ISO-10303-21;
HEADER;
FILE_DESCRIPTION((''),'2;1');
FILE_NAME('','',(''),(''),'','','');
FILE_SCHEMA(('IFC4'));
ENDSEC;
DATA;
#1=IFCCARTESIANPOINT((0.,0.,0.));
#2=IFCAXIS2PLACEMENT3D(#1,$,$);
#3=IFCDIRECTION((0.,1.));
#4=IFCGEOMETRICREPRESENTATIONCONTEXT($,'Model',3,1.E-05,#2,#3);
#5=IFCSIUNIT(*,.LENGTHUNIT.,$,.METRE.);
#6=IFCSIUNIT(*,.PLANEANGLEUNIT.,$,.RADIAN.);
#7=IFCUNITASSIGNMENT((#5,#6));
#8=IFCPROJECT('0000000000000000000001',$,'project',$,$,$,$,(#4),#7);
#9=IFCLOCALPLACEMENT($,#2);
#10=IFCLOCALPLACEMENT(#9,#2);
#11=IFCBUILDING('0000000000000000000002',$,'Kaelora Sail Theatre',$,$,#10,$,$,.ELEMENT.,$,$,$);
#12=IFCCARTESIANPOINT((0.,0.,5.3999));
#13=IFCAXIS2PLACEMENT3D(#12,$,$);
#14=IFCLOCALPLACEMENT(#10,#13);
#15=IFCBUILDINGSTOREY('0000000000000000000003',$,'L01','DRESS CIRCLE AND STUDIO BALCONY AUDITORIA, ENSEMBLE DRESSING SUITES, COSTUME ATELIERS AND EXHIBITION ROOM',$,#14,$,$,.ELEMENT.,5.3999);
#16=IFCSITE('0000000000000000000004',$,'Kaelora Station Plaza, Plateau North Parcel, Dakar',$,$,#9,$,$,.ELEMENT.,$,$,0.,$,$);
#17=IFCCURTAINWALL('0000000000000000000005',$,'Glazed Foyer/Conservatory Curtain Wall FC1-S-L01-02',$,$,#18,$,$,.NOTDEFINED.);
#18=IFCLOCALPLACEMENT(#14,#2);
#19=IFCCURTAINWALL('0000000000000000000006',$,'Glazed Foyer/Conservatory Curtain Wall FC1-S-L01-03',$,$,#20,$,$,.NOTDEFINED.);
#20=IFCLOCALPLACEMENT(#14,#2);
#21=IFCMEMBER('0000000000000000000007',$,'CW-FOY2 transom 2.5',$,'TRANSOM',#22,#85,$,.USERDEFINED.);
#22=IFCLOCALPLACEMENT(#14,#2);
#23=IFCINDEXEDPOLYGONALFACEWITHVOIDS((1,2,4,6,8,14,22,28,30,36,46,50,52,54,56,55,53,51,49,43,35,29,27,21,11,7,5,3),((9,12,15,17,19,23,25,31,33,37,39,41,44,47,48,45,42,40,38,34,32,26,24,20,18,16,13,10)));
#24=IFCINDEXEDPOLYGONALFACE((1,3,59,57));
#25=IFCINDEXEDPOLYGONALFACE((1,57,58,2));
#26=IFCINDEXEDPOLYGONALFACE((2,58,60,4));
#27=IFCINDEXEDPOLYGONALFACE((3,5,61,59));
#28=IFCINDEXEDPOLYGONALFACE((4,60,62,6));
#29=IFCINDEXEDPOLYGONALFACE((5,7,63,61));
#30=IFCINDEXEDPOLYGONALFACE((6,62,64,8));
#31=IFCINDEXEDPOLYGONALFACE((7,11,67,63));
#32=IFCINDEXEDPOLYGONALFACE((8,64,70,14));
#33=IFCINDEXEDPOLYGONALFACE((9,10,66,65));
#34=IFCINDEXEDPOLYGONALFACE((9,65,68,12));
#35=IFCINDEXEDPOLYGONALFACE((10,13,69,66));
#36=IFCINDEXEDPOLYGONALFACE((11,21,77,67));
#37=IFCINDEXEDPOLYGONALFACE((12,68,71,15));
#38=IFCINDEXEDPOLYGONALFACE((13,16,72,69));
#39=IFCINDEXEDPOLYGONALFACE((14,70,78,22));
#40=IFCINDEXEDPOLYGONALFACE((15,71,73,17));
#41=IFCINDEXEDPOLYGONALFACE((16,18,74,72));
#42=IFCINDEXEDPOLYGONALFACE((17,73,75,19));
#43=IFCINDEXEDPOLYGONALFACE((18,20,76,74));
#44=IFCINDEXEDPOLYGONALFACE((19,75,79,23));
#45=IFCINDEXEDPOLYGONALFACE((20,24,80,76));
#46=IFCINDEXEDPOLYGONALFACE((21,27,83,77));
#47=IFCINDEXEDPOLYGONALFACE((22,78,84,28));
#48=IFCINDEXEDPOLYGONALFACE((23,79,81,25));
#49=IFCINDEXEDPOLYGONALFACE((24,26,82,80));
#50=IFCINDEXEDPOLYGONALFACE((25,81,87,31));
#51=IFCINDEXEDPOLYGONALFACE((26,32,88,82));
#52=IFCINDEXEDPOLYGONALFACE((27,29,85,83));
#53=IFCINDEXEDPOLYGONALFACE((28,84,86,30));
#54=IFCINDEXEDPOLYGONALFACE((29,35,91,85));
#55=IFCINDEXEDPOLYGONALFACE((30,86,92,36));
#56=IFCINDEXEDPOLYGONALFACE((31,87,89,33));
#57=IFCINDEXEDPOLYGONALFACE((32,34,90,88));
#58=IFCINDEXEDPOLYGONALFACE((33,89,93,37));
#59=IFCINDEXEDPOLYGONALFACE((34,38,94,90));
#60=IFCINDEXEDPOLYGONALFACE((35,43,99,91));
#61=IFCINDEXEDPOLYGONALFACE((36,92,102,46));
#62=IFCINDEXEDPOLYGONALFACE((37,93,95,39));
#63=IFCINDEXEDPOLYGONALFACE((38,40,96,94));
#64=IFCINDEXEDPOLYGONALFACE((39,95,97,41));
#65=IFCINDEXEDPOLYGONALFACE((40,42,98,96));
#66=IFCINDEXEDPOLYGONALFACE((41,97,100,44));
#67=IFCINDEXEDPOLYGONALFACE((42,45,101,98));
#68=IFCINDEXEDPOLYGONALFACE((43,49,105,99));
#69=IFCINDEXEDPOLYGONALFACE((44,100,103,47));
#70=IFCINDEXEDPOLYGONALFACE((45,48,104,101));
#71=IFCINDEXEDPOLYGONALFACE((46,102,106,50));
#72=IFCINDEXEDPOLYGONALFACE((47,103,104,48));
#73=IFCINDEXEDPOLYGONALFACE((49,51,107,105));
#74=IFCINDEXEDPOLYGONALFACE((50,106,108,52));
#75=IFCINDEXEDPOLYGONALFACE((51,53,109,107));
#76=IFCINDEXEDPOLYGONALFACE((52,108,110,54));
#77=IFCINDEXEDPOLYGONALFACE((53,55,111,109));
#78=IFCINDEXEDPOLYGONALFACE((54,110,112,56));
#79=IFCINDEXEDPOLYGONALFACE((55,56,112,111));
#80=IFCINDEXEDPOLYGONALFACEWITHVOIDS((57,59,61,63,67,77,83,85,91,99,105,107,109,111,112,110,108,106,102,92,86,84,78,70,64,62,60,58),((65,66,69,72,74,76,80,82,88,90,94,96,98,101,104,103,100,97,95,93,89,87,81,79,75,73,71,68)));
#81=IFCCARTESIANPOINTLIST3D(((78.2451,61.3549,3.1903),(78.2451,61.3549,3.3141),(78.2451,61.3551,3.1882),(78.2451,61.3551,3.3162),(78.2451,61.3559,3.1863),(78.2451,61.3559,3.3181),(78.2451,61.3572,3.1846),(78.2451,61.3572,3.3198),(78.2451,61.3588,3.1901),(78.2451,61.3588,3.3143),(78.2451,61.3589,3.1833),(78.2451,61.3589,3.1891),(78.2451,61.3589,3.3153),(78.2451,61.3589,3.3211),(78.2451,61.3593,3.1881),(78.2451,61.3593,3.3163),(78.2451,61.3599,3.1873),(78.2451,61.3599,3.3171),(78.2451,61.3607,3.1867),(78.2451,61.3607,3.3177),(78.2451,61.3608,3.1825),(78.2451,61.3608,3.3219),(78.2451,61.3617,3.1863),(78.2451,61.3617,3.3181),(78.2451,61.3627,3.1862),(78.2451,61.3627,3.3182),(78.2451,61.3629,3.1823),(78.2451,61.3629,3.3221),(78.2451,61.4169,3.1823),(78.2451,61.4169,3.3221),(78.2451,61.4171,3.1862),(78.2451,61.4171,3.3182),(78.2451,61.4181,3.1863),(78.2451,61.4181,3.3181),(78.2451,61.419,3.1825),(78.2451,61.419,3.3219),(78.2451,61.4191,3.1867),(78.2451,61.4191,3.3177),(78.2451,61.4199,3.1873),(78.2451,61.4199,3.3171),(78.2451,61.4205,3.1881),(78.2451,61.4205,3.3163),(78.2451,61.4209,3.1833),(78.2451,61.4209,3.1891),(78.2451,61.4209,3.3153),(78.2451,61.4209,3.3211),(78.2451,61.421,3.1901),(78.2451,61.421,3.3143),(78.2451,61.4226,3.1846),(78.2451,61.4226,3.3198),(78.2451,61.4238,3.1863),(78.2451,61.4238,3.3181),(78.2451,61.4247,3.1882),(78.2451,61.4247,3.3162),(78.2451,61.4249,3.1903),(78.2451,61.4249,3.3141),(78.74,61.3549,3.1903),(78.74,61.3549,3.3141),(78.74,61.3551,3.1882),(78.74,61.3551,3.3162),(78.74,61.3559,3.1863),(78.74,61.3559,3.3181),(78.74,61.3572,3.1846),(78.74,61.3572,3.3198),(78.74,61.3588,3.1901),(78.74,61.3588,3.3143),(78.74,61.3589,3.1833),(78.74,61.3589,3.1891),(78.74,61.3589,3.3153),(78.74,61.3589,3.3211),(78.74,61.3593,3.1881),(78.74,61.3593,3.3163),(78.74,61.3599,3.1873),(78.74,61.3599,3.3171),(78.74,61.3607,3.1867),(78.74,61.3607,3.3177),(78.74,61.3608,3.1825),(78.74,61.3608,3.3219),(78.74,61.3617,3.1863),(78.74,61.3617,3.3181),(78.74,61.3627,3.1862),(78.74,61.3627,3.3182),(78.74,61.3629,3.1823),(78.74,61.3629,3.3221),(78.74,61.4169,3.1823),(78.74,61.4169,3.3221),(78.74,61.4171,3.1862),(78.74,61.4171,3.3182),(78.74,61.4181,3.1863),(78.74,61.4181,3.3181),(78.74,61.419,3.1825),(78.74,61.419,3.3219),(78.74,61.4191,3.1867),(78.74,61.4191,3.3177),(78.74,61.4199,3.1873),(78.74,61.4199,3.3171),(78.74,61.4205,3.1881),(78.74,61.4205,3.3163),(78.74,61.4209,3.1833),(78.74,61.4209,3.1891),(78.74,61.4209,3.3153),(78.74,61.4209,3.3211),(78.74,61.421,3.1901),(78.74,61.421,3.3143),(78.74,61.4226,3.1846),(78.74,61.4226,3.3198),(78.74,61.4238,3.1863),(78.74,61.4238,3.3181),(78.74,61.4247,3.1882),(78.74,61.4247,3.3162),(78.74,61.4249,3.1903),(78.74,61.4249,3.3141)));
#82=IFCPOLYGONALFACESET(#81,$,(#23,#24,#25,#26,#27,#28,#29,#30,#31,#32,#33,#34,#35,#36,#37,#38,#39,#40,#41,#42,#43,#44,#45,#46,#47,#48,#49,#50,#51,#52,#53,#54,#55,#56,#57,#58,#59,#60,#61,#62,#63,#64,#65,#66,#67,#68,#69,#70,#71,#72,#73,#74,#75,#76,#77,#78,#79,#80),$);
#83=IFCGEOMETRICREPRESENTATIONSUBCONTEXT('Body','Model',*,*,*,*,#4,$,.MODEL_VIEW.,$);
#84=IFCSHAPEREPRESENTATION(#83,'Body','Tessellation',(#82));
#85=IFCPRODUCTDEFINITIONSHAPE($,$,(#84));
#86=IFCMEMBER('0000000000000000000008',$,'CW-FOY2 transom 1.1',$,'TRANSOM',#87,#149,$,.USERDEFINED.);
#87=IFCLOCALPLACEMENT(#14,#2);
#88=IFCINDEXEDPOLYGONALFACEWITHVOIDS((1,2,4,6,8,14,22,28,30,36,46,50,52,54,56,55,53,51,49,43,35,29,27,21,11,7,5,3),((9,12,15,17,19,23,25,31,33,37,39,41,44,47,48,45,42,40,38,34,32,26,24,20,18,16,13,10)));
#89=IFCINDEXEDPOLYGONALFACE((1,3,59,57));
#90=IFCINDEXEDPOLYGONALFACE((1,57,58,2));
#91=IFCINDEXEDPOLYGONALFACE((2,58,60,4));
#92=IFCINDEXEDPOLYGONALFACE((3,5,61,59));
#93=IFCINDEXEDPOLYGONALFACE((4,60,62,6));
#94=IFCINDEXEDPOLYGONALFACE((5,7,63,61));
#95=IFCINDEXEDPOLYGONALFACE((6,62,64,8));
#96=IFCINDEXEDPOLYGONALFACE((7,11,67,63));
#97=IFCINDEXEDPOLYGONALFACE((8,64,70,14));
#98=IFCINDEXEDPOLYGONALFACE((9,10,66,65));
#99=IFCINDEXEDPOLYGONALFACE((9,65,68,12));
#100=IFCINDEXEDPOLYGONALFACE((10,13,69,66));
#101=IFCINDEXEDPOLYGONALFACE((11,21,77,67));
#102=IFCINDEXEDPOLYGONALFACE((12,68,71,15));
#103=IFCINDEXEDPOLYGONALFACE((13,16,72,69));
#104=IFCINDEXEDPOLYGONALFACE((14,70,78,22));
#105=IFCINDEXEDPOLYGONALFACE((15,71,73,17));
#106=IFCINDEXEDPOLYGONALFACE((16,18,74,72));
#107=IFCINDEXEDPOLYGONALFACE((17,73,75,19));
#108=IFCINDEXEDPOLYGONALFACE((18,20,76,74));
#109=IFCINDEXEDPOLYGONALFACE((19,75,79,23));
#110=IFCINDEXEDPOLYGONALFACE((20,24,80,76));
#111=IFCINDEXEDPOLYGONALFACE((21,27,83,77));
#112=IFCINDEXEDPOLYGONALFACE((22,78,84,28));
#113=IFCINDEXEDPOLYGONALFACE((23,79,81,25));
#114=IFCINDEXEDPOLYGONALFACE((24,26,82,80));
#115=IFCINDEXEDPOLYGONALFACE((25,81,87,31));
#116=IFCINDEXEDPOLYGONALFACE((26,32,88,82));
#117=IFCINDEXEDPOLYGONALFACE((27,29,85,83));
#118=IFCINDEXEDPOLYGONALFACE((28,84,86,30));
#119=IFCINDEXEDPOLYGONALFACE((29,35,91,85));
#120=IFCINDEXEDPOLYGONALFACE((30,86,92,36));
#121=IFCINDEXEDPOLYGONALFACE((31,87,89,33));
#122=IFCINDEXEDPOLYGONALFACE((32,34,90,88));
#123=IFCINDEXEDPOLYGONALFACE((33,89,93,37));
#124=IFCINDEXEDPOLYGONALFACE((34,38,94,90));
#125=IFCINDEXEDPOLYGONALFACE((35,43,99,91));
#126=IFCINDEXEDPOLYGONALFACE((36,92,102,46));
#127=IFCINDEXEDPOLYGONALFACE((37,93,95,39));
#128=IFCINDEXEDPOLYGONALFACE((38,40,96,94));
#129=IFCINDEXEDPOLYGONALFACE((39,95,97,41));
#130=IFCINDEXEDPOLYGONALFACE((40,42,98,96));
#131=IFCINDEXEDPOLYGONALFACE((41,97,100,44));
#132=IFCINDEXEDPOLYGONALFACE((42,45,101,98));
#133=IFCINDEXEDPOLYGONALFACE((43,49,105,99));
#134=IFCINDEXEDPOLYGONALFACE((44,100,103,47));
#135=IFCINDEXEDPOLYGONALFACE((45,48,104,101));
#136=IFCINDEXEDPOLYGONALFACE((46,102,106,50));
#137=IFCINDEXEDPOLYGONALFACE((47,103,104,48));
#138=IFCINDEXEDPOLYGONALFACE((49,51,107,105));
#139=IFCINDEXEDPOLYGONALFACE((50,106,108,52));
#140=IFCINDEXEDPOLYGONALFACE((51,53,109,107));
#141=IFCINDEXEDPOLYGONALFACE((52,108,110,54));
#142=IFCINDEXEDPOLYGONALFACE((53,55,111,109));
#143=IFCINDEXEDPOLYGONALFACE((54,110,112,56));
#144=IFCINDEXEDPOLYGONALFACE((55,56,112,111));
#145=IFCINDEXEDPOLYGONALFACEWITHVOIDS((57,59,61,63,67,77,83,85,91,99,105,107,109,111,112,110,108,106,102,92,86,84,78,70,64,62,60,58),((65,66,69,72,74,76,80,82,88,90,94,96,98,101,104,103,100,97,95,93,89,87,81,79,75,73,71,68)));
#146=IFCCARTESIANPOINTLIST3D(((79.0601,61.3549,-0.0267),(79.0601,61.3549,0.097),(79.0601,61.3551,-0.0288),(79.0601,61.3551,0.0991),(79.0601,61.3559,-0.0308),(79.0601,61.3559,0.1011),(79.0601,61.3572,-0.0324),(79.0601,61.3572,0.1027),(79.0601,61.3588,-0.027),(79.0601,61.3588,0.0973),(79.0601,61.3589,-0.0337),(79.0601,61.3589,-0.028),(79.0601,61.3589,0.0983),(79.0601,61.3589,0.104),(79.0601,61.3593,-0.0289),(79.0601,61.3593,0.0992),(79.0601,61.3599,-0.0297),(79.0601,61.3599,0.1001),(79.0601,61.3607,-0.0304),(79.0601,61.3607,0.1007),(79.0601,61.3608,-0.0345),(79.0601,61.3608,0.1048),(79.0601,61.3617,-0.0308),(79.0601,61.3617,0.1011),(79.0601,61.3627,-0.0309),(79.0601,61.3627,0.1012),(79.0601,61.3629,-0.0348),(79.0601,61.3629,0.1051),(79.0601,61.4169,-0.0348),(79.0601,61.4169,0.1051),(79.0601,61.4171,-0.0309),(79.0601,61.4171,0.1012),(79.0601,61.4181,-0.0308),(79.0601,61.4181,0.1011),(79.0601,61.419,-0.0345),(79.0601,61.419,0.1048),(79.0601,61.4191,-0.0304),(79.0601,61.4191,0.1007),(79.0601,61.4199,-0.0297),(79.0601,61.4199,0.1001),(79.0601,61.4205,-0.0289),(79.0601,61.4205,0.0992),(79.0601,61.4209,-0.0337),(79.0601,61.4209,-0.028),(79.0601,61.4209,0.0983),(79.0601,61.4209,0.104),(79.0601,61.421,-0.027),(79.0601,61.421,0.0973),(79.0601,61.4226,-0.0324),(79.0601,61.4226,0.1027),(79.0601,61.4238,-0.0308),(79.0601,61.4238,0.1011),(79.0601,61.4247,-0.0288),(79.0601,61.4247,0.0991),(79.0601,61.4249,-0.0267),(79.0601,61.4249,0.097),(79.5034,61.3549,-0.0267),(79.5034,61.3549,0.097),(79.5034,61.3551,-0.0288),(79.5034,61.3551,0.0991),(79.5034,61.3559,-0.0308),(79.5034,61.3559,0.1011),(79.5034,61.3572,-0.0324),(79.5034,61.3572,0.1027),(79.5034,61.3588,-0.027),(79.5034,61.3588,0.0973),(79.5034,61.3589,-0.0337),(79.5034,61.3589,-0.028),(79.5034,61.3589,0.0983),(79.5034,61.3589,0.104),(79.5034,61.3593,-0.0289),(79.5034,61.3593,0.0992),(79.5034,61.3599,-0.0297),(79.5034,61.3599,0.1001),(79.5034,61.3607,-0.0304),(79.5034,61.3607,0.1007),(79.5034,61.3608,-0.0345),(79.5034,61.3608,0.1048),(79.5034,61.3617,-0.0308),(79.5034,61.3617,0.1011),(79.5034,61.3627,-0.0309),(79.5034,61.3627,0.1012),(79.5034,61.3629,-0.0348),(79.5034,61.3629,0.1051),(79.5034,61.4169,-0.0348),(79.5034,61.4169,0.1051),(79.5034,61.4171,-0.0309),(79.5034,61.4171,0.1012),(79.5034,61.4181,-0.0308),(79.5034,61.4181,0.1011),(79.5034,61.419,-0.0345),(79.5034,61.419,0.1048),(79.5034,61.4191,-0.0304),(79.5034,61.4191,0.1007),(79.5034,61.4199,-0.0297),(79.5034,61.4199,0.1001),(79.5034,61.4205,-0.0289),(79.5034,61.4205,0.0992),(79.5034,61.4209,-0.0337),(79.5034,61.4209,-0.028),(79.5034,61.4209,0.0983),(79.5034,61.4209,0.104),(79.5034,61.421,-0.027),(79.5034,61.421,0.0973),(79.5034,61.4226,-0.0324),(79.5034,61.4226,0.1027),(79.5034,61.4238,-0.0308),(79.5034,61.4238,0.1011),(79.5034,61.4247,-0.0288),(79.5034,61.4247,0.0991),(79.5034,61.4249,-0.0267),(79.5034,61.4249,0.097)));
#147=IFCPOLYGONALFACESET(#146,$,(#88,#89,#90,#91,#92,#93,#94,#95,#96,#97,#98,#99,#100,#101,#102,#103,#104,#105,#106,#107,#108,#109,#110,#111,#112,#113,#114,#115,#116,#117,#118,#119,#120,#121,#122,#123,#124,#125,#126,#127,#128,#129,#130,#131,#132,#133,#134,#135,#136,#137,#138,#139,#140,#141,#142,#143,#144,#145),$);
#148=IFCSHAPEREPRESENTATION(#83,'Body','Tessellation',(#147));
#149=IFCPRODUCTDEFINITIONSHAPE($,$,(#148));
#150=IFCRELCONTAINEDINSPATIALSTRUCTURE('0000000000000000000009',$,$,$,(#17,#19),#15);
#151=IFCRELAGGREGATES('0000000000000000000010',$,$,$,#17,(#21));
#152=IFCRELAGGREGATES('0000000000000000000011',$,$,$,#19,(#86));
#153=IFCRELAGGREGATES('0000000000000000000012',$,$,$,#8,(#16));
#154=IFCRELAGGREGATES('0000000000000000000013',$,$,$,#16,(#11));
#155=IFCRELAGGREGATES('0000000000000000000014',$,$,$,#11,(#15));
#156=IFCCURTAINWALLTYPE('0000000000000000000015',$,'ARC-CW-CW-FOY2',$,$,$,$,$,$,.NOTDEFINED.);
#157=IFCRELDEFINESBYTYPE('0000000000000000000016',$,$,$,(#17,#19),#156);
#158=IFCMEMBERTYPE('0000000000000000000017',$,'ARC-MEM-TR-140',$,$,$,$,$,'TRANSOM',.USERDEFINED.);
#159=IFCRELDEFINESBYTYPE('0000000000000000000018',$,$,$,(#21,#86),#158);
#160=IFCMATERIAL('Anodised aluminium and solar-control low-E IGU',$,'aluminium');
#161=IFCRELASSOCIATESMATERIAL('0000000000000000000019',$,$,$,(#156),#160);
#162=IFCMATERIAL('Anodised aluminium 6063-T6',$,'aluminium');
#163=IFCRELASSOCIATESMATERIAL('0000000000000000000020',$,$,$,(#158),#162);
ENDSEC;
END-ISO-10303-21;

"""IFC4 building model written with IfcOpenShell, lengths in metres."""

from ifc_helpers import new_model, si_unit, direction, frame, origin, origin_2d, place, context, subcontext, project, spatial, hollow_rectangle, extrude, material, material_profile, profile_set, type_object, element, aggregate, save


model = new_model("IFC4")

# Units and contexts
model_context = context("Model", 3, precision=1e-05, world=origin(), true_north=direction((0.0, 1.0)))
body_context = subcontext(model_context, "Body", "Model", "MODEL_VIEW")
ifc_project = project(units=[si_unit("LENGTHUNIT", "METRE"), si_unit("PLANEANGLEUNIT", "RADIAN")], contexts=[model_context])

# Site, building, storey
site_placement = place(None, origin())
site = spatial("IfcSite", under=ifc_project, at=site_placement, Name="Kaelora Station Plaza, Plateau North Parcel, Dakar", CompositionType="ELEMENT", RefElevation=0.0)
building_placement = place(site_placement, origin())
building = spatial("IfcBuilding", under=site, at=building_placement, Name="Kaelora Sail Theatre", CompositionType="ELEMENT")
storey_placement = place(building_placement, frame((0.0, 0.0, 5.3999)))
storey = spatial("IfcBuildingStorey", under=building, at=storey_placement, Name="L01", Description="DRESS CIRCLE AND STUDIO BALCONY AUDITORIA, ENSEMBLE DRESSING SUITES, COSTUME ATELIERS AND EXHIBITION ROOM", CompositionType="ELEMENT", Elevation=5.3999)

# Curtain walls
ifc_material_1 = material(Name="Anodised aluminium and solar-control low-E IGU", Category="aluminium")
curtain_wall_type = type_object("IfcCurtainWallType", Name="ARC-CW-CW-FOY2", PredefinedType="NOTDEFINED", material=ifc_material_1)
curtain_wall_1_placement = place(storey_placement, origin())
curtain_wall_1 = element("IfcCurtainWall", 1, at=curtain_wall_1_placement, inside=storey, type_object=curtain_wall_type, Name="Glazed Foyer/Conservatory Curtain Wall FC1-S-L01-02", PredefinedType="NOTDEFINED")
curtain_wall_2_placement = place(storey_placement, origin())
curtain_wall_2 = element("IfcCurtainWall", 2, at=curtain_wall_2_placement, inside=storey, type_object=curtain_wall_type, Name="Glazed Foyer/Conservatory Curtain Wall FC1-S-L01-03", PredefinedType="NOTDEFINED")

# Members
ifc_material_2 = material(Name="Anodised aluminium 6063-T6", Category="aluminium")
ifc_material_profile_1 = material_profile(ifc_material_2, hollow_rectangle(XDim=0.0701, YDim=0.1399, WallThickness=0.0039, InnerFilletRadius=0.0039, OuterFilletRadius=0.0081, at=origin_2d()), Name="ALU-TRAN 70x140x4")
ifc_profile_set_1 = profile_set([ifc_material_profile_1], Name="Anodised aluminium 6063-T6")
member_type_1 = type_object("IfcMemberType", Name="ARC-MEM-TR-140", ElementType="TRANSOM", PredefinedType="USERDEFINED", material=ifc_profile_set_1)
member_1_placement = place(storey_placement, frame((78.2451, 61.3899, 3.2522), z_axis=(1.0, 0.0, 0.0), x_axis=(0.0, 1.0, 0.0)))
member_1 = element("IfcMember", 3, at=member_1_placement, type_object=member_type_1, Name="CW-FOY2 transom 2.5", ObjectType="TRANSOM", PredefinedType="USERDEFINED", context=body_context, shape_type="SweptSolid", body=[
    extrude(hollow_rectangle(XDim=0.0701, YDim=0.1399, WallThickness=0.0039, InnerFilletRadius=0.0039, OuterFilletRadius=0.0081, at=origin_2d()), origin(), (0.0, 0.0, 1.0), 0.4949),
])
member_2_placement = place(storey_placement, frame((79.0601, 61.3899, 0.0352), z_axis=(1.0, 0.0, 0.0), x_axis=(0.0, 1.0, 0.0)))
member_2 = element("IfcMember", 4, at=member_2_placement, type_object=member_type_1, Name="CW-FOY2 transom 1.1", ObjectType="TRANSOM", PredefinedType="USERDEFINED", context=body_context, shape_type="SweptSolid", body=[
    extrude(hollow_rectangle(XDim=0.0701, YDim=0.1399, WallThickness=0.0039, InnerFilletRadius=0.0039, OuterFilletRadius=0.0081, at=origin_2d()), origin(), (0.0, 0.0, 1.0), 0.4434),
])

aggregate(curtain_wall_1, [member_1])
aggregate(curtain_wall_2, [member_2])

save(model, "model.ifc")
